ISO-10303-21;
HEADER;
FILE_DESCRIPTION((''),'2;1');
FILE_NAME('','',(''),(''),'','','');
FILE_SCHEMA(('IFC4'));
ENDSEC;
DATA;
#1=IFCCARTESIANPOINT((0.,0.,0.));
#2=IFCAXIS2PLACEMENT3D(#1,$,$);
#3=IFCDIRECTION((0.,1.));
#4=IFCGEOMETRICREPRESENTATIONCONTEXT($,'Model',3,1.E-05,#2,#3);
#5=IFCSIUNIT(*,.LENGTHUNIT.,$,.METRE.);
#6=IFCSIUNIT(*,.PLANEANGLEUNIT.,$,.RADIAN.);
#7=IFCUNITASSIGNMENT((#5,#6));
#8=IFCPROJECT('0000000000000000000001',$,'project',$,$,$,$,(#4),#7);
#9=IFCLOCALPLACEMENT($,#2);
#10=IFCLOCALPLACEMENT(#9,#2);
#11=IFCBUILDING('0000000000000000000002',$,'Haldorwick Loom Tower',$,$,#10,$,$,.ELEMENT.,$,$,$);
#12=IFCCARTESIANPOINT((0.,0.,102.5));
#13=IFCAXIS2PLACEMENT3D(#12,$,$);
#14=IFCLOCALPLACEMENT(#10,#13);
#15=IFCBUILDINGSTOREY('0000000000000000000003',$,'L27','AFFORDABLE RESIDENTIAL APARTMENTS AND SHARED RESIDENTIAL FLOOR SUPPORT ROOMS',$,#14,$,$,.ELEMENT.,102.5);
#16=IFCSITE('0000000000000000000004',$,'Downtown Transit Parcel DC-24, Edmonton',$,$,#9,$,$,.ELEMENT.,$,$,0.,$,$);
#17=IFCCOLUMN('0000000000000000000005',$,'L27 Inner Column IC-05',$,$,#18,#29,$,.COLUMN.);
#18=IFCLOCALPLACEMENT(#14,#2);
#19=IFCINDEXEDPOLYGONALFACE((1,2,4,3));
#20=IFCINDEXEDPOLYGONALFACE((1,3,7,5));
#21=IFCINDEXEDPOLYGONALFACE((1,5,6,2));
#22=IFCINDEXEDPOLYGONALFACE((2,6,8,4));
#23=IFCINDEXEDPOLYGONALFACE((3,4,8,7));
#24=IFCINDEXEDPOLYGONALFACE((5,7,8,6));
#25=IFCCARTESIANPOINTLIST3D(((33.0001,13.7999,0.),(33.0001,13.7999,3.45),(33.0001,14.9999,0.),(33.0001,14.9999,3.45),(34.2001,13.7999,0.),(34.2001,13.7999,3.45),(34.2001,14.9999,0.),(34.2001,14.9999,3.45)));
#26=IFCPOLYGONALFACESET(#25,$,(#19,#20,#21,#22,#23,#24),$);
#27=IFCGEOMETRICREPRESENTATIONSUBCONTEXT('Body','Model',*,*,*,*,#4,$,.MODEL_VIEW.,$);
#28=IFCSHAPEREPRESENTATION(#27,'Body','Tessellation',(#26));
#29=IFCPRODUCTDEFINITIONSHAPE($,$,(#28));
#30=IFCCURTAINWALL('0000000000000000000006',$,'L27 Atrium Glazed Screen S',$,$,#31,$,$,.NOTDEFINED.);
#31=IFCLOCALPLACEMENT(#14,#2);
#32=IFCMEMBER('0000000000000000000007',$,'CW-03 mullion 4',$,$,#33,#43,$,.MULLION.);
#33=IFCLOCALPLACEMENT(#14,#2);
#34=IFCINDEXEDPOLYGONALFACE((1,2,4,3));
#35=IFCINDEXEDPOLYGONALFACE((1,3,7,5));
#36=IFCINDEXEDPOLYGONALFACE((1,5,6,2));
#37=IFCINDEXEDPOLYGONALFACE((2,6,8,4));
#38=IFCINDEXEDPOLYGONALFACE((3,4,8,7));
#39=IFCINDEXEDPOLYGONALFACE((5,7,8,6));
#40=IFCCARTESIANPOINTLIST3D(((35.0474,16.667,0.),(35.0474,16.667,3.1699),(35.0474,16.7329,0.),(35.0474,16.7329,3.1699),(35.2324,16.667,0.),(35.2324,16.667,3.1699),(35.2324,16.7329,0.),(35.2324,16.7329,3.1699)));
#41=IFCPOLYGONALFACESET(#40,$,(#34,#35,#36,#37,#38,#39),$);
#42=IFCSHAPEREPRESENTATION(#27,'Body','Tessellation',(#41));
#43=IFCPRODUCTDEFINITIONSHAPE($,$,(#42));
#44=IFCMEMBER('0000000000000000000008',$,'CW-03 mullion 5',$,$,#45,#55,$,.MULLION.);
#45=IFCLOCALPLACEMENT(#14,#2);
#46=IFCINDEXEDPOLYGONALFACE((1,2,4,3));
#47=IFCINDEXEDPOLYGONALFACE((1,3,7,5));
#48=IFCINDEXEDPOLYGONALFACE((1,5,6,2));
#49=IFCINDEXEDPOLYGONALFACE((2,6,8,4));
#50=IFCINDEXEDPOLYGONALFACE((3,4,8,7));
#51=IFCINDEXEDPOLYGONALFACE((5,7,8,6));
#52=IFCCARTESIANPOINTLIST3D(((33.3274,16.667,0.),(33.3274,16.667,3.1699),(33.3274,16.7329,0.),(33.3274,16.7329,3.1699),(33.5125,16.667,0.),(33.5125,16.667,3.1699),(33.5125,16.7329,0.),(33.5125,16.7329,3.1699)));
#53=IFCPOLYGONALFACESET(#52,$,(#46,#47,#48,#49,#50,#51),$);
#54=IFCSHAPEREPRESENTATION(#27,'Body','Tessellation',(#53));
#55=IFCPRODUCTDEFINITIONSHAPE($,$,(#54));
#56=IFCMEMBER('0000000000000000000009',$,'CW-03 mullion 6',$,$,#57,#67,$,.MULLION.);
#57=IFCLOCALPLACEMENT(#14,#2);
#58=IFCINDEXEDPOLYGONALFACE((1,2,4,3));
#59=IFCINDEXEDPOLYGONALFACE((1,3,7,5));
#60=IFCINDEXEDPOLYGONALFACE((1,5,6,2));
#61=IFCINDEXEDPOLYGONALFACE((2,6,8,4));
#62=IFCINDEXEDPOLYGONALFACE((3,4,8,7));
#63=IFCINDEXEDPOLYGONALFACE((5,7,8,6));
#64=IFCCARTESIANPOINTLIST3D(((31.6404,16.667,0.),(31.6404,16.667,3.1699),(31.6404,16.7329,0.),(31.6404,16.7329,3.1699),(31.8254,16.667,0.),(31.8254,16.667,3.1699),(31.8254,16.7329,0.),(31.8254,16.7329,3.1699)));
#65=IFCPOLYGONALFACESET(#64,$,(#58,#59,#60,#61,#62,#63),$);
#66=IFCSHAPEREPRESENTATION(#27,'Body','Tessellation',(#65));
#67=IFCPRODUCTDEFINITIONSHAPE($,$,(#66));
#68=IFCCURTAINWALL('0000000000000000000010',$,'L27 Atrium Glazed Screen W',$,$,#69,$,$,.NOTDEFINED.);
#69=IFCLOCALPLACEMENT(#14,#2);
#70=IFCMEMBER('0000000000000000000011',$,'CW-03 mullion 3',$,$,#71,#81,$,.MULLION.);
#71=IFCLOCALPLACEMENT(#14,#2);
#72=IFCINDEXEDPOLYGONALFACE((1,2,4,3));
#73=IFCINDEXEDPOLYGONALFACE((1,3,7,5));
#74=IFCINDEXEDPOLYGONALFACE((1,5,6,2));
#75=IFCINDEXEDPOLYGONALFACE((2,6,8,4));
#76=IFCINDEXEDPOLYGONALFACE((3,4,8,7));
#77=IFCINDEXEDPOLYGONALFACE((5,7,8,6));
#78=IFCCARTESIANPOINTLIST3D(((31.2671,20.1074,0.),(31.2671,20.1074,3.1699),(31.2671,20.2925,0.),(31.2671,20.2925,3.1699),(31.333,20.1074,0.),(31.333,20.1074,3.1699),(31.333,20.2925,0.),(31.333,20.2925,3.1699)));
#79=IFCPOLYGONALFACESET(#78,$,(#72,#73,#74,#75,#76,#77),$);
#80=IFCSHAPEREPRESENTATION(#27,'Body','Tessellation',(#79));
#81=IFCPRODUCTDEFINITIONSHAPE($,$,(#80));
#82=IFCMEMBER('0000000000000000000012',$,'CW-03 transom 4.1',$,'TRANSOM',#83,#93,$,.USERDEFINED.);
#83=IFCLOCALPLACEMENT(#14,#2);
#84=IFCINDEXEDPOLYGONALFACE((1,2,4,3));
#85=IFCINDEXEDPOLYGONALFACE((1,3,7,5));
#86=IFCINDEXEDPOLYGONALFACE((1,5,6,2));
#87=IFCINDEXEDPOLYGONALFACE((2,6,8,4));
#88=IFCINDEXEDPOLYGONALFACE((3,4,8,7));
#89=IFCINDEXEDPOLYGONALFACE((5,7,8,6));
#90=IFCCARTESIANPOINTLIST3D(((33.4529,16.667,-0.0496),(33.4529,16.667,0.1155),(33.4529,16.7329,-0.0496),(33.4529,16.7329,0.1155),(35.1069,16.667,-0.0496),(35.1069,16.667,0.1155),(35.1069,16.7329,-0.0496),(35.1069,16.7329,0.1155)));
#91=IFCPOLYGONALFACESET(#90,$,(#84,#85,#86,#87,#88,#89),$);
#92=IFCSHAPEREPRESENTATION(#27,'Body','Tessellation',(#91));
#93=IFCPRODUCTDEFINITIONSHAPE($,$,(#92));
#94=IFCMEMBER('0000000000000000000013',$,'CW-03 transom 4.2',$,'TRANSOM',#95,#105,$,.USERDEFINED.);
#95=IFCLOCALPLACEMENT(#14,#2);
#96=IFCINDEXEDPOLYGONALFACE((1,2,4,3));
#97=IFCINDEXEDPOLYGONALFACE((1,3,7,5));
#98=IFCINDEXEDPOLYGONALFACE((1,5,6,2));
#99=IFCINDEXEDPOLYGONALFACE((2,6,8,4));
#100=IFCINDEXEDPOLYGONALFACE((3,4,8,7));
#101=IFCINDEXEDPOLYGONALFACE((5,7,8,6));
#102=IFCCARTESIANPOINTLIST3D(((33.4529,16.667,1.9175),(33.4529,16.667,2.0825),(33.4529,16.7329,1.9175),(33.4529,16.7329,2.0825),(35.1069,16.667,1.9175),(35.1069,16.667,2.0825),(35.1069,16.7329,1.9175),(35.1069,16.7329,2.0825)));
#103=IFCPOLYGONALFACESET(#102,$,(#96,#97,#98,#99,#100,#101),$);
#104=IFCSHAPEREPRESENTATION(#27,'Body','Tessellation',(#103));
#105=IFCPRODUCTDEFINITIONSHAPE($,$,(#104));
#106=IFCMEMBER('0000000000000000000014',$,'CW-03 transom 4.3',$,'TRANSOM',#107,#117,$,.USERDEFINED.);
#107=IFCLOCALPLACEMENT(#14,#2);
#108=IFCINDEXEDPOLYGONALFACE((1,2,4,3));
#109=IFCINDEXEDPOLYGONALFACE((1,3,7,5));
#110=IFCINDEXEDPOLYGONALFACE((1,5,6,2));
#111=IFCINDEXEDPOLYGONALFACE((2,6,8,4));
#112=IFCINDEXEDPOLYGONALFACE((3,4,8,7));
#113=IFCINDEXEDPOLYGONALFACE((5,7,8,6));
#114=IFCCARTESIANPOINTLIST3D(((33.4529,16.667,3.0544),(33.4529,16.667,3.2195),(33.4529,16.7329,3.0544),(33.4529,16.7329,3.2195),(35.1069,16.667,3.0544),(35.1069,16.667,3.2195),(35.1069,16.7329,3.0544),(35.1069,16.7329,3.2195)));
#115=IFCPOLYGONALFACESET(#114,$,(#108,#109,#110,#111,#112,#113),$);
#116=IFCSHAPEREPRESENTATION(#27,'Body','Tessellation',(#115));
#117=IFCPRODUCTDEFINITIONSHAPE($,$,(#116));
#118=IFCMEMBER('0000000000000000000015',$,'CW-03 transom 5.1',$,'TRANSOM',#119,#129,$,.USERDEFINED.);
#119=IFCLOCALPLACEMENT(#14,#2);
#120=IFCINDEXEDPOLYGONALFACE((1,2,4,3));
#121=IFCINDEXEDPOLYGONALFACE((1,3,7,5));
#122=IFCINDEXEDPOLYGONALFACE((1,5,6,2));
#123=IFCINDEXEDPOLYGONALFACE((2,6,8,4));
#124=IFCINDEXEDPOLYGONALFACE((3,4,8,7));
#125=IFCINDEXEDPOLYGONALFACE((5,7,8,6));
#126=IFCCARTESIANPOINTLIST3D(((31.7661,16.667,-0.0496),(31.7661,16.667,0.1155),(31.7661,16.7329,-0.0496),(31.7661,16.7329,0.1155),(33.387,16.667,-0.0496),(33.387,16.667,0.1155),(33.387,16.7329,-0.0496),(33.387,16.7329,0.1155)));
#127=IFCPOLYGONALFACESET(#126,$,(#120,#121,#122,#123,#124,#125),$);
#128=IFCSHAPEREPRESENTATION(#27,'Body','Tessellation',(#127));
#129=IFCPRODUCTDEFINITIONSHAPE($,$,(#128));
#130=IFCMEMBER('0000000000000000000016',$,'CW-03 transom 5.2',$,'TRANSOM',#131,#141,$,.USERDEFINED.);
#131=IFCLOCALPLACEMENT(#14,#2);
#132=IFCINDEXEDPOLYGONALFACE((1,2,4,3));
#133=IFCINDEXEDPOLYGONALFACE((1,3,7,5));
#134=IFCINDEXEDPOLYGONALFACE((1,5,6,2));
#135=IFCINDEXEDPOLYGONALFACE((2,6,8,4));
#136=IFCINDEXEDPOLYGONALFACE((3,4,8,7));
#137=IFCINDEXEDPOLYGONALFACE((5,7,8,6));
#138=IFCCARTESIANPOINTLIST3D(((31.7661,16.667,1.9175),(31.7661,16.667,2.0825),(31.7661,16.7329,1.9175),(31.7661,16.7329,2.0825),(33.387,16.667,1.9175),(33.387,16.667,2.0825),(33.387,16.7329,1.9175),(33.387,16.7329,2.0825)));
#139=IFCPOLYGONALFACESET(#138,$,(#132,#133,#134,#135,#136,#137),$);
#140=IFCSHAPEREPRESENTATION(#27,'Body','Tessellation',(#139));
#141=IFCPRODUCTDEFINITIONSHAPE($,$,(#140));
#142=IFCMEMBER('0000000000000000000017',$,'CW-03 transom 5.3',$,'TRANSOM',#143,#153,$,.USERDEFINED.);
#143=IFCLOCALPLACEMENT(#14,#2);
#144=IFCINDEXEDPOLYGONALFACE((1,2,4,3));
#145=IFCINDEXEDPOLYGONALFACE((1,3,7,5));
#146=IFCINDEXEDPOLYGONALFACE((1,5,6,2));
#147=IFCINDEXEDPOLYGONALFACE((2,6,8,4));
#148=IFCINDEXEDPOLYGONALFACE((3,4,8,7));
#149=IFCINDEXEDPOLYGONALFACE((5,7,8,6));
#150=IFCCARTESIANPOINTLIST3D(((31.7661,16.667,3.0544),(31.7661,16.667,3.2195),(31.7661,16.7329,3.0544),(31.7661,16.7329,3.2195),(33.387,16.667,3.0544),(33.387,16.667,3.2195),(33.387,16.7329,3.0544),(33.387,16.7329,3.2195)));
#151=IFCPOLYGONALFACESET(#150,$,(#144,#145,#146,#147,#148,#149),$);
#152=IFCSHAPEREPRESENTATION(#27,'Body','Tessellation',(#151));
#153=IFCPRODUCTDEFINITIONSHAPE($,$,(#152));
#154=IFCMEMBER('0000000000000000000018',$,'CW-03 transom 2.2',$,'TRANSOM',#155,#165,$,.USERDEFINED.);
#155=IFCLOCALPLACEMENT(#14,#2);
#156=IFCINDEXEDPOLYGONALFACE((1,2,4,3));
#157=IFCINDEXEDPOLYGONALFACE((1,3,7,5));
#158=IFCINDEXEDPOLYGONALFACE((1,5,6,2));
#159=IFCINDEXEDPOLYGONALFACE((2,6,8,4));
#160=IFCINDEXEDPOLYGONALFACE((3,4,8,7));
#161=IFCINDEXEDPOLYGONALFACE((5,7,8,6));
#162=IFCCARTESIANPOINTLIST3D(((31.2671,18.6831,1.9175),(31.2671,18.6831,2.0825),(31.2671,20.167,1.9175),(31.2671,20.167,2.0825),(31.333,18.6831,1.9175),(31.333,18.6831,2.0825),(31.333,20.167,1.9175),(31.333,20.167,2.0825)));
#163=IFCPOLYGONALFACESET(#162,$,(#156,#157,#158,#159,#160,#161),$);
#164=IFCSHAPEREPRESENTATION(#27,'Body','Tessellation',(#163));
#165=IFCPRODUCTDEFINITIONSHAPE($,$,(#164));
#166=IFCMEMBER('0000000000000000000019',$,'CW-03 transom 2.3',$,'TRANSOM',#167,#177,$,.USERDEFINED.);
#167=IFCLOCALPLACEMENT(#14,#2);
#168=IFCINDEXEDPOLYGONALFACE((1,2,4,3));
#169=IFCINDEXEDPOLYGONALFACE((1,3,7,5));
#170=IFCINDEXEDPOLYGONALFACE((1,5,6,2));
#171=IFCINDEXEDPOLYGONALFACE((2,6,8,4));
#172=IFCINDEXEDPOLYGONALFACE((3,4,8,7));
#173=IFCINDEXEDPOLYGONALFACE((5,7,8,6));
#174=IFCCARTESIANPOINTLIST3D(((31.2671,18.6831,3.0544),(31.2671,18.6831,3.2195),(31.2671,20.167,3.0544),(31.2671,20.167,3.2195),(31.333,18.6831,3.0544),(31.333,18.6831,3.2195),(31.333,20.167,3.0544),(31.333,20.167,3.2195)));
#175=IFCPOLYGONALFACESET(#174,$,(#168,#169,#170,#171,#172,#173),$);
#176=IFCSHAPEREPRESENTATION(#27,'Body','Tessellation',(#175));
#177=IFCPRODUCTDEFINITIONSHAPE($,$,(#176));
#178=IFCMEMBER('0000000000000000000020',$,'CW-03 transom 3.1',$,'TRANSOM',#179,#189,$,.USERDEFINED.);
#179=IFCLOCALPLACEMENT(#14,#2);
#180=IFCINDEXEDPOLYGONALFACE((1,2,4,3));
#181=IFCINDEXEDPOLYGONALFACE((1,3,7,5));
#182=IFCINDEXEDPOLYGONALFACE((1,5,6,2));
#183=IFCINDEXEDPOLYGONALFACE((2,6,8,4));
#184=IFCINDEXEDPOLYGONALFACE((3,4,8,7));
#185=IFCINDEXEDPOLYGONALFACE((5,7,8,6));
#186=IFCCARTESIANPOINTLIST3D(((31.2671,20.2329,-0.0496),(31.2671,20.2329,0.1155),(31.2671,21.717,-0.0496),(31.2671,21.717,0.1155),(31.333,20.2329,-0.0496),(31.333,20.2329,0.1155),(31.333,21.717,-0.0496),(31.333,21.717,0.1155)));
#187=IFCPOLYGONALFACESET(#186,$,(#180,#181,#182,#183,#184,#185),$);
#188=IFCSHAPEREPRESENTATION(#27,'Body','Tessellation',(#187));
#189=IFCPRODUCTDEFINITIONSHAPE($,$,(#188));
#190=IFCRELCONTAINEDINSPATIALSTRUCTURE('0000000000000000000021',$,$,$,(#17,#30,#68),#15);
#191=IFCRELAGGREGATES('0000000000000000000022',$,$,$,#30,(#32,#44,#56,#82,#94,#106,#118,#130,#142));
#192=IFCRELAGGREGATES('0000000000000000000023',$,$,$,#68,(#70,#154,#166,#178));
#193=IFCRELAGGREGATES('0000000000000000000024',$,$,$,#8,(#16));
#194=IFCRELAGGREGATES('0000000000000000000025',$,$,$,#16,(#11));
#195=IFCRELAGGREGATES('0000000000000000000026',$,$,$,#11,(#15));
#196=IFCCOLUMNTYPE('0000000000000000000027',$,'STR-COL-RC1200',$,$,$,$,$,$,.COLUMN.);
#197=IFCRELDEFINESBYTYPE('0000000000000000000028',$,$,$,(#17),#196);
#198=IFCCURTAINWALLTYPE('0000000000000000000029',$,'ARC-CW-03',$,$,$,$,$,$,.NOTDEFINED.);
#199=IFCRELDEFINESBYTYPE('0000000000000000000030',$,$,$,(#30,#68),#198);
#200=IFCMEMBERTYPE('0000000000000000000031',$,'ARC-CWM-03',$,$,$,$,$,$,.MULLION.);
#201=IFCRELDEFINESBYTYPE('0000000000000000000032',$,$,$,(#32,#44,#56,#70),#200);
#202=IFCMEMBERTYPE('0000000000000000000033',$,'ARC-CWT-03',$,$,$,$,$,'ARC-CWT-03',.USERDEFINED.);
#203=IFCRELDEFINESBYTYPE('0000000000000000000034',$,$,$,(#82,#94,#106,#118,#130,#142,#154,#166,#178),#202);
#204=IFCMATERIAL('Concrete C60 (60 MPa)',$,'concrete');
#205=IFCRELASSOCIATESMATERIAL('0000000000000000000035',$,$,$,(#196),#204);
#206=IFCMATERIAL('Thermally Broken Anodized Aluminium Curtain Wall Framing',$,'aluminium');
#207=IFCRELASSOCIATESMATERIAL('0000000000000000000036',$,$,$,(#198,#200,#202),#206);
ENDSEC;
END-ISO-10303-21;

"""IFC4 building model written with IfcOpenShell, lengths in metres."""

from ifc_helpers import new_model, si_unit, direction, frame, origin, origin_2d, place, context, subcontext, project, spatial, rectangle, extrude, material, material_profile, profile_set, type_object, element, aggregate, save


model = new_model("IFC4")

# Units and contexts
model_context = context("Model", 3, precision=1e-05, world=origin(), true_north=direction((0.0, 1.0)))
body_context = subcontext(model_context, "Body", "Model", "MODEL_VIEW")
ifc_project = project(units=[si_unit("LENGTHUNIT", "METRE"), si_unit("PLANEANGLEUNIT", "RADIAN")], contexts=[model_context])

# Site, building, storey
site_placement = place(None, origin())
site = spatial("IfcSite", under=ifc_project, at=site_placement, Name="Downtown Transit Parcel DC-24, Edmonton", CompositionType="ELEMENT", RefElevation=0.0)
building_placement = place(site_placement, origin())
building = spatial("IfcBuilding", under=site, at=building_placement, Name="Haldorwick Loom Tower", CompositionType="ELEMENT")
storey_placement = place(building_placement, frame((0.0, 0.0, 102.5)))
storey = spatial("IfcBuildingStorey", under=building, at=storey_placement, Name="L27", Description="AFFORDABLE RESIDENTIAL APARTMENTS AND SHARED RESIDENTIAL FLOOR SUPPORT ROOMS", CompositionType="ELEMENT", Elevation=102.5)

# Column
ifc_material_1 = material(Name="Concrete C60 (60 MPa)", Category="concrete")
ifc_material_profile_1 = material_profile(ifc_material_1, rectangle(XDim=1.2, YDim=1.2, at=origin_2d()), Name="RC1200X1200", Category="concrete")
ifc_profile_set_1 = profile_set([ifc_material_profile_1], Name="Concrete C60 (60 MPa)")
column_type = type_object("IfcColumnType", Name="STR-COL-RC1200", PredefinedType="COLUMN", material=ifc_profile_set_1)
column_placement = place(storey_placement, frame((33.6001, 14.3999, 0.0), z_axis=(0.0, 0.0, 1.0), x_axis=(1.0, 0.0, 0.0)))
element("IfcColumn", 1, at=column_placement, inside=storey, type_object=column_type, Name="L27 Inner Column IC-05", PredefinedType="COLUMN", context=body_context, shape_type="SweptSolid", body=[
    extrude(rectangle(XDim=1.2, YDim=1.2, at=origin_2d()), origin(), (0.0, 0.0, 1.0), 3.45),
])

# Curtain wall, members
ifc_material_2 = material(Name="Thermally Broken Anodized Aluminium Curtain Wall Framing", Category="aluminium")
curtain_wall_type = type_object("IfcCurtainWallType", Name="ARC-CW-03", PredefinedType="NOTDEFINED", material=ifc_material_2)
curtain_wall_1_placement = place(storey_placement, origin())
curtain_wall_1 = element("IfcCurtainWall", 2, at=curtain_wall_1_placement, inside=storey, type_object=curtain_wall_type, Name="L27 Atrium Glazed Screen S", PredefinedType="NOTDEFINED")
ifc_material_profile_2 = material_profile(ifc_material_2, rectangle(XDim=0.0659, YDim=0.1851, at=origin_2d()), Name="ALU_MUL_66X185", Category="aluminium")
ifc_profile_set_2 = profile_set([ifc_material_profile_2], Name="Thermally Broken Anodized Aluminium Curtain Wall Framing")
member_type_1 = type_object("IfcMemberType", Name="ARC-CWM-03", PredefinedType="MULLION", material=ifc_profile_set_2)
member_1_placement = place(storey_placement, frame((35.1399, 16.7, 0.0), z_axis=(0.0, 0.0, 1.0), x_axis=(0.0, -1.0, 0.0)))
member_1 = element("IfcMember", 3, at=member_1_placement, type_object=member_type_1, Name="CW-03 mullion 4", PredefinedType="MULLION", context=body_context, shape_type="SweptSolid", body=[
    extrude(rectangle(XDim=0.0659, YDim=0.1851, at=origin_2d()), origin(), (0.0, 0.0, 1.0), 3.1699),
])
member_2_placement = place(storey_placement, frame((33.4199, 16.7, 0.0), z_axis=(0.0, 0.0, 1.0), x_axis=(0.0, -1.0, 0.0)))
member_2 = element("IfcMember", 4, at=member_2_placement, type_object=member_type_1, Name="CW-03 mullion 5", PredefinedType="MULLION", context=body_context, shape_type="SweptSolid", body=[
    extrude(rectangle(XDim=0.0659, YDim=0.1851, at=origin_2d()), origin(), (0.0, 0.0, 1.0), 3.1699),
])
member_3_placement = place(storey_placement, frame((31.7329, 16.7, 0.0), z_axis=(0.0, 0.0, 1.0), x_axis=(0.0, -1.0, 0.0)))
member_3 = element("IfcMember", 5, at=member_3_placement, type_object=member_type_1, Name="CW-03 mullion 6", PredefinedType="MULLION", context=body_context, shape_type="SweptSolid", body=[
    extrude(rectangle(XDim=0.0659, YDim=0.1851, at=origin_2d()), origin(), (0.0, 0.0, 1.0), 3.1699),
])

# Curtain wall, member
curtain_wall_2_placement = place(storey_placement, origin())
curtain_wall_2 = element("IfcCurtainWall", 6, at=curtain_wall_2_placement, inside=storey, type_object=curtain_wall_type, Name="L27 Atrium Glazed Screen W", PredefinedType="NOTDEFINED")
member_4_placement = place(storey_placement, frame((31.3, 20.2, 0.0), z_axis=(0.0, 0.0, 1.0), x_axis=(-1.0, 0.0, 0.0)))
member_4 = element("IfcMember", 7, at=member_4_placement, type_object=member_type_1, Name="CW-03 mullion 3", PredefinedType="MULLION", context=body_context, shape_type="SweptSolid", body=[
    extrude(rectangle(XDim=0.0659, YDim=0.1851, at=origin_2d()), origin(), (0.0, 0.0, 1.0), 3.1699),
])

# Members
ifc_material_profile_3 = material_profile(ifc_material_2, rectangle(XDim=0.0659, YDim=0.165, at=origin_2d()), Name="ALU_TRN_66X165", Category="aluminium")
ifc_profile_set_3 = profile_set([ifc_material_profile_3], Name="Thermally Broken Anodized Aluminium Curtain Wall Framing")
member_type_2 = type_object("IfcMemberType", Name="ARC-CWT-03", ElementType="ARC-CWT-03", PredefinedType="USERDEFINED", material=ifc_profile_set_3)
member_5_placement = place(storey_placement, frame((35.1069, 16.7, 0.033), z_axis=(-1.0, 0.0, 0.0), x_axis=(0.0, -1.0, 0.0)))
member_5 = element("IfcMember", 8, at=member_5_placement, type_object=member_type_2, Name="CW-03 transom 4.1", ObjectType="TRANSOM", PredefinedType="USERDEFINED", context=body_context, shape_type="SweptSolid", body=[
    extrude(rectangle(XDim=0.0659, YDim=0.165, at=origin_2d()), origin(), (0.0, 0.0, 1.0), 1.6541),
])
member_6_placement = place(storey_placement, frame((35.1069, 16.7, 2.0), z_axis=(-1.0, 0.0, 0.0), x_axis=(0.0, -1.0, 0.0)))
member_6 = element("IfcMember", 9, at=member_6_placement, type_object=member_type_2, Name="CW-03 transom 4.2", ObjectType="TRANSOM", PredefinedType="USERDEFINED", context=body_context, shape_type="SweptSolid", body=[
    extrude(rectangle(XDim=0.0659, YDim=0.165, at=origin_2d()), origin(), (0.0, 0.0, 1.0), 1.6541),
])
member_7_placement = place(storey_placement, frame((35.1069, 16.7, 3.137), z_axis=(-1.0, 0.0, 0.0), x_axis=(0.0, -1.0, 0.0)))
member_7 = element("IfcMember", 10, at=member_7_placement, type_object=member_type_2, Name="CW-03 transom 4.3", ObjectType="TRANSOM", PredefinedType="USERDEFINED", context=body_context, shape_type="SweptSolid", body=[
    extrude(rectangle(XDim=0.0659, YDim=0.165, at=origin_2d()), origin(), (0.0, 0.0, 1.0), 1.6541),
])
member_8_placement = place(storey_placement, frame((33.387, 16.7, 0.033), z_axis=(-1.0, 0.0, 0.0), x_axis=(0.0, -1.0, 0.0)))
member_8 = element("IfcMember", 11, at=member_8_placement, type_object=member_type_2, Name="CW-03 transom 5.1", ObjectType="TRANSOM", PredefinedType="USERDEFINED", context=body_context, shape_type="SweptSolid", body=[
    extrude(rectangle(XDim=0.0659, YDim=0.165, at=origin_2d()), origin(), (0.0, 0.0, 1.0), 1.6208),
])
member_9_placement = place(storey_placement, frame((33.387, 16.7, 2.0), z_axis=(-1.0, 0.0, 0.0), x_axis=(0.0, -1.0, 0.0)))
member_9 = element("IfcMember", 12, at=member_9_placement, type_object=member_type_2, Name="CW-03 transom 5.2", ObjectType="TRANSOM", PredefinedType="USERDEFINED", context=body_context, shape_type="SweptSolid", body=[
    extrude(rectangle(XDim=0.0659, YDim=0.165, at=origin_2d()), origin(), (0.0, 0.0, 1.0), 1.6208),
])
member_10_placement = place(storey_placement, frame((33.387, 16.7, 3.137), z_axis=(-1.0, 0.0, 0.0), x_axis=(0.0, -1.0, 0.0)))
member_10 = element("IfcMember", 13, at=member_10_placement, type_object=member_type_2, Name="CW-03 transom 5.3", ObjectType="TRANSOM", PredefinedType="USERDEFINED", context=body_context, shape_type="SweptSolid", body=[
    extrude(rectangle(XDim=0.0659, YDim=0.165, at=origin_2d()), origin(), (0.0, 0.0, 1.0), 1.6208),
])
member_11_placement = place(storey_placement, frame((31.3, 18.6831, 2.0), z_axis=(0.0, 1.0, 0.0), x_axis=(-1.0, 0.0, 0.0)))
member_11 = element("IfcMember", 14, at=member_11_placement, type_object=member_type_2, Name="CW-03 transom 2.2", ObjectType="TRANSOM", PredefinedType="USERDEFINED", context=body_context, shape_type="SweptSolid", body=[
    extrude(rectangle(XDim=0.0659, YDim=0.165, at=origin_2d()), origin(), (0.0, 0.0, 1.0), 1.4839),
])
member_12_placement = place(storey_placement, frame((31.3, 18.6831, 3.137), z_axis=(0.0, 1.0, 0.0), x_axis=(-1.0, 0.0, 0.0)))
member_12 = element("IfcMember", 15, at=member_12_placement, type_object=member_type_2, Name="CW-03 transom 2.3", ObjectType="TRANSOM", PredefinedType="USERDEFINED", context=body_context, shape_type="SweptSolid", body=[
    extrude(rectangle(XDim=0.0659, YDim=0.165, at=origin_2d()), origin(), (0.0, 0.0, 1.0), 1.4839),
])
member_13_placement = place(storey_placement, frame((31.3, 20.2329, 0.033), z_axis=(0.0, 1.0, 0.0), x_axis=(-1.0, 0.0, 0.0)))
member_13 = element("IfcMember", 16, at=member_13_placement, type_object=member_type_2, Name="CW-03 transom 3.1", ObjectType="TRANSOM", PredefinedType="USERDEFINED", context=body_context, shape_type="SweptSolid", body=[
    extrude(rectangle(XDim=0.0659, YDim=0.165, at=origin_2d()), origin(), (0.0, 0.0, 1.0), 1.4841),
])

aggregate(curtain_wall_1, [member_1, member_2, member_3, member_5, member_6, member_7, member_8, member_9, member_10])
aggregate(curtain_wall_2, [member_4, member_11, member_12, member_13])

save(model, "model.ifc")
